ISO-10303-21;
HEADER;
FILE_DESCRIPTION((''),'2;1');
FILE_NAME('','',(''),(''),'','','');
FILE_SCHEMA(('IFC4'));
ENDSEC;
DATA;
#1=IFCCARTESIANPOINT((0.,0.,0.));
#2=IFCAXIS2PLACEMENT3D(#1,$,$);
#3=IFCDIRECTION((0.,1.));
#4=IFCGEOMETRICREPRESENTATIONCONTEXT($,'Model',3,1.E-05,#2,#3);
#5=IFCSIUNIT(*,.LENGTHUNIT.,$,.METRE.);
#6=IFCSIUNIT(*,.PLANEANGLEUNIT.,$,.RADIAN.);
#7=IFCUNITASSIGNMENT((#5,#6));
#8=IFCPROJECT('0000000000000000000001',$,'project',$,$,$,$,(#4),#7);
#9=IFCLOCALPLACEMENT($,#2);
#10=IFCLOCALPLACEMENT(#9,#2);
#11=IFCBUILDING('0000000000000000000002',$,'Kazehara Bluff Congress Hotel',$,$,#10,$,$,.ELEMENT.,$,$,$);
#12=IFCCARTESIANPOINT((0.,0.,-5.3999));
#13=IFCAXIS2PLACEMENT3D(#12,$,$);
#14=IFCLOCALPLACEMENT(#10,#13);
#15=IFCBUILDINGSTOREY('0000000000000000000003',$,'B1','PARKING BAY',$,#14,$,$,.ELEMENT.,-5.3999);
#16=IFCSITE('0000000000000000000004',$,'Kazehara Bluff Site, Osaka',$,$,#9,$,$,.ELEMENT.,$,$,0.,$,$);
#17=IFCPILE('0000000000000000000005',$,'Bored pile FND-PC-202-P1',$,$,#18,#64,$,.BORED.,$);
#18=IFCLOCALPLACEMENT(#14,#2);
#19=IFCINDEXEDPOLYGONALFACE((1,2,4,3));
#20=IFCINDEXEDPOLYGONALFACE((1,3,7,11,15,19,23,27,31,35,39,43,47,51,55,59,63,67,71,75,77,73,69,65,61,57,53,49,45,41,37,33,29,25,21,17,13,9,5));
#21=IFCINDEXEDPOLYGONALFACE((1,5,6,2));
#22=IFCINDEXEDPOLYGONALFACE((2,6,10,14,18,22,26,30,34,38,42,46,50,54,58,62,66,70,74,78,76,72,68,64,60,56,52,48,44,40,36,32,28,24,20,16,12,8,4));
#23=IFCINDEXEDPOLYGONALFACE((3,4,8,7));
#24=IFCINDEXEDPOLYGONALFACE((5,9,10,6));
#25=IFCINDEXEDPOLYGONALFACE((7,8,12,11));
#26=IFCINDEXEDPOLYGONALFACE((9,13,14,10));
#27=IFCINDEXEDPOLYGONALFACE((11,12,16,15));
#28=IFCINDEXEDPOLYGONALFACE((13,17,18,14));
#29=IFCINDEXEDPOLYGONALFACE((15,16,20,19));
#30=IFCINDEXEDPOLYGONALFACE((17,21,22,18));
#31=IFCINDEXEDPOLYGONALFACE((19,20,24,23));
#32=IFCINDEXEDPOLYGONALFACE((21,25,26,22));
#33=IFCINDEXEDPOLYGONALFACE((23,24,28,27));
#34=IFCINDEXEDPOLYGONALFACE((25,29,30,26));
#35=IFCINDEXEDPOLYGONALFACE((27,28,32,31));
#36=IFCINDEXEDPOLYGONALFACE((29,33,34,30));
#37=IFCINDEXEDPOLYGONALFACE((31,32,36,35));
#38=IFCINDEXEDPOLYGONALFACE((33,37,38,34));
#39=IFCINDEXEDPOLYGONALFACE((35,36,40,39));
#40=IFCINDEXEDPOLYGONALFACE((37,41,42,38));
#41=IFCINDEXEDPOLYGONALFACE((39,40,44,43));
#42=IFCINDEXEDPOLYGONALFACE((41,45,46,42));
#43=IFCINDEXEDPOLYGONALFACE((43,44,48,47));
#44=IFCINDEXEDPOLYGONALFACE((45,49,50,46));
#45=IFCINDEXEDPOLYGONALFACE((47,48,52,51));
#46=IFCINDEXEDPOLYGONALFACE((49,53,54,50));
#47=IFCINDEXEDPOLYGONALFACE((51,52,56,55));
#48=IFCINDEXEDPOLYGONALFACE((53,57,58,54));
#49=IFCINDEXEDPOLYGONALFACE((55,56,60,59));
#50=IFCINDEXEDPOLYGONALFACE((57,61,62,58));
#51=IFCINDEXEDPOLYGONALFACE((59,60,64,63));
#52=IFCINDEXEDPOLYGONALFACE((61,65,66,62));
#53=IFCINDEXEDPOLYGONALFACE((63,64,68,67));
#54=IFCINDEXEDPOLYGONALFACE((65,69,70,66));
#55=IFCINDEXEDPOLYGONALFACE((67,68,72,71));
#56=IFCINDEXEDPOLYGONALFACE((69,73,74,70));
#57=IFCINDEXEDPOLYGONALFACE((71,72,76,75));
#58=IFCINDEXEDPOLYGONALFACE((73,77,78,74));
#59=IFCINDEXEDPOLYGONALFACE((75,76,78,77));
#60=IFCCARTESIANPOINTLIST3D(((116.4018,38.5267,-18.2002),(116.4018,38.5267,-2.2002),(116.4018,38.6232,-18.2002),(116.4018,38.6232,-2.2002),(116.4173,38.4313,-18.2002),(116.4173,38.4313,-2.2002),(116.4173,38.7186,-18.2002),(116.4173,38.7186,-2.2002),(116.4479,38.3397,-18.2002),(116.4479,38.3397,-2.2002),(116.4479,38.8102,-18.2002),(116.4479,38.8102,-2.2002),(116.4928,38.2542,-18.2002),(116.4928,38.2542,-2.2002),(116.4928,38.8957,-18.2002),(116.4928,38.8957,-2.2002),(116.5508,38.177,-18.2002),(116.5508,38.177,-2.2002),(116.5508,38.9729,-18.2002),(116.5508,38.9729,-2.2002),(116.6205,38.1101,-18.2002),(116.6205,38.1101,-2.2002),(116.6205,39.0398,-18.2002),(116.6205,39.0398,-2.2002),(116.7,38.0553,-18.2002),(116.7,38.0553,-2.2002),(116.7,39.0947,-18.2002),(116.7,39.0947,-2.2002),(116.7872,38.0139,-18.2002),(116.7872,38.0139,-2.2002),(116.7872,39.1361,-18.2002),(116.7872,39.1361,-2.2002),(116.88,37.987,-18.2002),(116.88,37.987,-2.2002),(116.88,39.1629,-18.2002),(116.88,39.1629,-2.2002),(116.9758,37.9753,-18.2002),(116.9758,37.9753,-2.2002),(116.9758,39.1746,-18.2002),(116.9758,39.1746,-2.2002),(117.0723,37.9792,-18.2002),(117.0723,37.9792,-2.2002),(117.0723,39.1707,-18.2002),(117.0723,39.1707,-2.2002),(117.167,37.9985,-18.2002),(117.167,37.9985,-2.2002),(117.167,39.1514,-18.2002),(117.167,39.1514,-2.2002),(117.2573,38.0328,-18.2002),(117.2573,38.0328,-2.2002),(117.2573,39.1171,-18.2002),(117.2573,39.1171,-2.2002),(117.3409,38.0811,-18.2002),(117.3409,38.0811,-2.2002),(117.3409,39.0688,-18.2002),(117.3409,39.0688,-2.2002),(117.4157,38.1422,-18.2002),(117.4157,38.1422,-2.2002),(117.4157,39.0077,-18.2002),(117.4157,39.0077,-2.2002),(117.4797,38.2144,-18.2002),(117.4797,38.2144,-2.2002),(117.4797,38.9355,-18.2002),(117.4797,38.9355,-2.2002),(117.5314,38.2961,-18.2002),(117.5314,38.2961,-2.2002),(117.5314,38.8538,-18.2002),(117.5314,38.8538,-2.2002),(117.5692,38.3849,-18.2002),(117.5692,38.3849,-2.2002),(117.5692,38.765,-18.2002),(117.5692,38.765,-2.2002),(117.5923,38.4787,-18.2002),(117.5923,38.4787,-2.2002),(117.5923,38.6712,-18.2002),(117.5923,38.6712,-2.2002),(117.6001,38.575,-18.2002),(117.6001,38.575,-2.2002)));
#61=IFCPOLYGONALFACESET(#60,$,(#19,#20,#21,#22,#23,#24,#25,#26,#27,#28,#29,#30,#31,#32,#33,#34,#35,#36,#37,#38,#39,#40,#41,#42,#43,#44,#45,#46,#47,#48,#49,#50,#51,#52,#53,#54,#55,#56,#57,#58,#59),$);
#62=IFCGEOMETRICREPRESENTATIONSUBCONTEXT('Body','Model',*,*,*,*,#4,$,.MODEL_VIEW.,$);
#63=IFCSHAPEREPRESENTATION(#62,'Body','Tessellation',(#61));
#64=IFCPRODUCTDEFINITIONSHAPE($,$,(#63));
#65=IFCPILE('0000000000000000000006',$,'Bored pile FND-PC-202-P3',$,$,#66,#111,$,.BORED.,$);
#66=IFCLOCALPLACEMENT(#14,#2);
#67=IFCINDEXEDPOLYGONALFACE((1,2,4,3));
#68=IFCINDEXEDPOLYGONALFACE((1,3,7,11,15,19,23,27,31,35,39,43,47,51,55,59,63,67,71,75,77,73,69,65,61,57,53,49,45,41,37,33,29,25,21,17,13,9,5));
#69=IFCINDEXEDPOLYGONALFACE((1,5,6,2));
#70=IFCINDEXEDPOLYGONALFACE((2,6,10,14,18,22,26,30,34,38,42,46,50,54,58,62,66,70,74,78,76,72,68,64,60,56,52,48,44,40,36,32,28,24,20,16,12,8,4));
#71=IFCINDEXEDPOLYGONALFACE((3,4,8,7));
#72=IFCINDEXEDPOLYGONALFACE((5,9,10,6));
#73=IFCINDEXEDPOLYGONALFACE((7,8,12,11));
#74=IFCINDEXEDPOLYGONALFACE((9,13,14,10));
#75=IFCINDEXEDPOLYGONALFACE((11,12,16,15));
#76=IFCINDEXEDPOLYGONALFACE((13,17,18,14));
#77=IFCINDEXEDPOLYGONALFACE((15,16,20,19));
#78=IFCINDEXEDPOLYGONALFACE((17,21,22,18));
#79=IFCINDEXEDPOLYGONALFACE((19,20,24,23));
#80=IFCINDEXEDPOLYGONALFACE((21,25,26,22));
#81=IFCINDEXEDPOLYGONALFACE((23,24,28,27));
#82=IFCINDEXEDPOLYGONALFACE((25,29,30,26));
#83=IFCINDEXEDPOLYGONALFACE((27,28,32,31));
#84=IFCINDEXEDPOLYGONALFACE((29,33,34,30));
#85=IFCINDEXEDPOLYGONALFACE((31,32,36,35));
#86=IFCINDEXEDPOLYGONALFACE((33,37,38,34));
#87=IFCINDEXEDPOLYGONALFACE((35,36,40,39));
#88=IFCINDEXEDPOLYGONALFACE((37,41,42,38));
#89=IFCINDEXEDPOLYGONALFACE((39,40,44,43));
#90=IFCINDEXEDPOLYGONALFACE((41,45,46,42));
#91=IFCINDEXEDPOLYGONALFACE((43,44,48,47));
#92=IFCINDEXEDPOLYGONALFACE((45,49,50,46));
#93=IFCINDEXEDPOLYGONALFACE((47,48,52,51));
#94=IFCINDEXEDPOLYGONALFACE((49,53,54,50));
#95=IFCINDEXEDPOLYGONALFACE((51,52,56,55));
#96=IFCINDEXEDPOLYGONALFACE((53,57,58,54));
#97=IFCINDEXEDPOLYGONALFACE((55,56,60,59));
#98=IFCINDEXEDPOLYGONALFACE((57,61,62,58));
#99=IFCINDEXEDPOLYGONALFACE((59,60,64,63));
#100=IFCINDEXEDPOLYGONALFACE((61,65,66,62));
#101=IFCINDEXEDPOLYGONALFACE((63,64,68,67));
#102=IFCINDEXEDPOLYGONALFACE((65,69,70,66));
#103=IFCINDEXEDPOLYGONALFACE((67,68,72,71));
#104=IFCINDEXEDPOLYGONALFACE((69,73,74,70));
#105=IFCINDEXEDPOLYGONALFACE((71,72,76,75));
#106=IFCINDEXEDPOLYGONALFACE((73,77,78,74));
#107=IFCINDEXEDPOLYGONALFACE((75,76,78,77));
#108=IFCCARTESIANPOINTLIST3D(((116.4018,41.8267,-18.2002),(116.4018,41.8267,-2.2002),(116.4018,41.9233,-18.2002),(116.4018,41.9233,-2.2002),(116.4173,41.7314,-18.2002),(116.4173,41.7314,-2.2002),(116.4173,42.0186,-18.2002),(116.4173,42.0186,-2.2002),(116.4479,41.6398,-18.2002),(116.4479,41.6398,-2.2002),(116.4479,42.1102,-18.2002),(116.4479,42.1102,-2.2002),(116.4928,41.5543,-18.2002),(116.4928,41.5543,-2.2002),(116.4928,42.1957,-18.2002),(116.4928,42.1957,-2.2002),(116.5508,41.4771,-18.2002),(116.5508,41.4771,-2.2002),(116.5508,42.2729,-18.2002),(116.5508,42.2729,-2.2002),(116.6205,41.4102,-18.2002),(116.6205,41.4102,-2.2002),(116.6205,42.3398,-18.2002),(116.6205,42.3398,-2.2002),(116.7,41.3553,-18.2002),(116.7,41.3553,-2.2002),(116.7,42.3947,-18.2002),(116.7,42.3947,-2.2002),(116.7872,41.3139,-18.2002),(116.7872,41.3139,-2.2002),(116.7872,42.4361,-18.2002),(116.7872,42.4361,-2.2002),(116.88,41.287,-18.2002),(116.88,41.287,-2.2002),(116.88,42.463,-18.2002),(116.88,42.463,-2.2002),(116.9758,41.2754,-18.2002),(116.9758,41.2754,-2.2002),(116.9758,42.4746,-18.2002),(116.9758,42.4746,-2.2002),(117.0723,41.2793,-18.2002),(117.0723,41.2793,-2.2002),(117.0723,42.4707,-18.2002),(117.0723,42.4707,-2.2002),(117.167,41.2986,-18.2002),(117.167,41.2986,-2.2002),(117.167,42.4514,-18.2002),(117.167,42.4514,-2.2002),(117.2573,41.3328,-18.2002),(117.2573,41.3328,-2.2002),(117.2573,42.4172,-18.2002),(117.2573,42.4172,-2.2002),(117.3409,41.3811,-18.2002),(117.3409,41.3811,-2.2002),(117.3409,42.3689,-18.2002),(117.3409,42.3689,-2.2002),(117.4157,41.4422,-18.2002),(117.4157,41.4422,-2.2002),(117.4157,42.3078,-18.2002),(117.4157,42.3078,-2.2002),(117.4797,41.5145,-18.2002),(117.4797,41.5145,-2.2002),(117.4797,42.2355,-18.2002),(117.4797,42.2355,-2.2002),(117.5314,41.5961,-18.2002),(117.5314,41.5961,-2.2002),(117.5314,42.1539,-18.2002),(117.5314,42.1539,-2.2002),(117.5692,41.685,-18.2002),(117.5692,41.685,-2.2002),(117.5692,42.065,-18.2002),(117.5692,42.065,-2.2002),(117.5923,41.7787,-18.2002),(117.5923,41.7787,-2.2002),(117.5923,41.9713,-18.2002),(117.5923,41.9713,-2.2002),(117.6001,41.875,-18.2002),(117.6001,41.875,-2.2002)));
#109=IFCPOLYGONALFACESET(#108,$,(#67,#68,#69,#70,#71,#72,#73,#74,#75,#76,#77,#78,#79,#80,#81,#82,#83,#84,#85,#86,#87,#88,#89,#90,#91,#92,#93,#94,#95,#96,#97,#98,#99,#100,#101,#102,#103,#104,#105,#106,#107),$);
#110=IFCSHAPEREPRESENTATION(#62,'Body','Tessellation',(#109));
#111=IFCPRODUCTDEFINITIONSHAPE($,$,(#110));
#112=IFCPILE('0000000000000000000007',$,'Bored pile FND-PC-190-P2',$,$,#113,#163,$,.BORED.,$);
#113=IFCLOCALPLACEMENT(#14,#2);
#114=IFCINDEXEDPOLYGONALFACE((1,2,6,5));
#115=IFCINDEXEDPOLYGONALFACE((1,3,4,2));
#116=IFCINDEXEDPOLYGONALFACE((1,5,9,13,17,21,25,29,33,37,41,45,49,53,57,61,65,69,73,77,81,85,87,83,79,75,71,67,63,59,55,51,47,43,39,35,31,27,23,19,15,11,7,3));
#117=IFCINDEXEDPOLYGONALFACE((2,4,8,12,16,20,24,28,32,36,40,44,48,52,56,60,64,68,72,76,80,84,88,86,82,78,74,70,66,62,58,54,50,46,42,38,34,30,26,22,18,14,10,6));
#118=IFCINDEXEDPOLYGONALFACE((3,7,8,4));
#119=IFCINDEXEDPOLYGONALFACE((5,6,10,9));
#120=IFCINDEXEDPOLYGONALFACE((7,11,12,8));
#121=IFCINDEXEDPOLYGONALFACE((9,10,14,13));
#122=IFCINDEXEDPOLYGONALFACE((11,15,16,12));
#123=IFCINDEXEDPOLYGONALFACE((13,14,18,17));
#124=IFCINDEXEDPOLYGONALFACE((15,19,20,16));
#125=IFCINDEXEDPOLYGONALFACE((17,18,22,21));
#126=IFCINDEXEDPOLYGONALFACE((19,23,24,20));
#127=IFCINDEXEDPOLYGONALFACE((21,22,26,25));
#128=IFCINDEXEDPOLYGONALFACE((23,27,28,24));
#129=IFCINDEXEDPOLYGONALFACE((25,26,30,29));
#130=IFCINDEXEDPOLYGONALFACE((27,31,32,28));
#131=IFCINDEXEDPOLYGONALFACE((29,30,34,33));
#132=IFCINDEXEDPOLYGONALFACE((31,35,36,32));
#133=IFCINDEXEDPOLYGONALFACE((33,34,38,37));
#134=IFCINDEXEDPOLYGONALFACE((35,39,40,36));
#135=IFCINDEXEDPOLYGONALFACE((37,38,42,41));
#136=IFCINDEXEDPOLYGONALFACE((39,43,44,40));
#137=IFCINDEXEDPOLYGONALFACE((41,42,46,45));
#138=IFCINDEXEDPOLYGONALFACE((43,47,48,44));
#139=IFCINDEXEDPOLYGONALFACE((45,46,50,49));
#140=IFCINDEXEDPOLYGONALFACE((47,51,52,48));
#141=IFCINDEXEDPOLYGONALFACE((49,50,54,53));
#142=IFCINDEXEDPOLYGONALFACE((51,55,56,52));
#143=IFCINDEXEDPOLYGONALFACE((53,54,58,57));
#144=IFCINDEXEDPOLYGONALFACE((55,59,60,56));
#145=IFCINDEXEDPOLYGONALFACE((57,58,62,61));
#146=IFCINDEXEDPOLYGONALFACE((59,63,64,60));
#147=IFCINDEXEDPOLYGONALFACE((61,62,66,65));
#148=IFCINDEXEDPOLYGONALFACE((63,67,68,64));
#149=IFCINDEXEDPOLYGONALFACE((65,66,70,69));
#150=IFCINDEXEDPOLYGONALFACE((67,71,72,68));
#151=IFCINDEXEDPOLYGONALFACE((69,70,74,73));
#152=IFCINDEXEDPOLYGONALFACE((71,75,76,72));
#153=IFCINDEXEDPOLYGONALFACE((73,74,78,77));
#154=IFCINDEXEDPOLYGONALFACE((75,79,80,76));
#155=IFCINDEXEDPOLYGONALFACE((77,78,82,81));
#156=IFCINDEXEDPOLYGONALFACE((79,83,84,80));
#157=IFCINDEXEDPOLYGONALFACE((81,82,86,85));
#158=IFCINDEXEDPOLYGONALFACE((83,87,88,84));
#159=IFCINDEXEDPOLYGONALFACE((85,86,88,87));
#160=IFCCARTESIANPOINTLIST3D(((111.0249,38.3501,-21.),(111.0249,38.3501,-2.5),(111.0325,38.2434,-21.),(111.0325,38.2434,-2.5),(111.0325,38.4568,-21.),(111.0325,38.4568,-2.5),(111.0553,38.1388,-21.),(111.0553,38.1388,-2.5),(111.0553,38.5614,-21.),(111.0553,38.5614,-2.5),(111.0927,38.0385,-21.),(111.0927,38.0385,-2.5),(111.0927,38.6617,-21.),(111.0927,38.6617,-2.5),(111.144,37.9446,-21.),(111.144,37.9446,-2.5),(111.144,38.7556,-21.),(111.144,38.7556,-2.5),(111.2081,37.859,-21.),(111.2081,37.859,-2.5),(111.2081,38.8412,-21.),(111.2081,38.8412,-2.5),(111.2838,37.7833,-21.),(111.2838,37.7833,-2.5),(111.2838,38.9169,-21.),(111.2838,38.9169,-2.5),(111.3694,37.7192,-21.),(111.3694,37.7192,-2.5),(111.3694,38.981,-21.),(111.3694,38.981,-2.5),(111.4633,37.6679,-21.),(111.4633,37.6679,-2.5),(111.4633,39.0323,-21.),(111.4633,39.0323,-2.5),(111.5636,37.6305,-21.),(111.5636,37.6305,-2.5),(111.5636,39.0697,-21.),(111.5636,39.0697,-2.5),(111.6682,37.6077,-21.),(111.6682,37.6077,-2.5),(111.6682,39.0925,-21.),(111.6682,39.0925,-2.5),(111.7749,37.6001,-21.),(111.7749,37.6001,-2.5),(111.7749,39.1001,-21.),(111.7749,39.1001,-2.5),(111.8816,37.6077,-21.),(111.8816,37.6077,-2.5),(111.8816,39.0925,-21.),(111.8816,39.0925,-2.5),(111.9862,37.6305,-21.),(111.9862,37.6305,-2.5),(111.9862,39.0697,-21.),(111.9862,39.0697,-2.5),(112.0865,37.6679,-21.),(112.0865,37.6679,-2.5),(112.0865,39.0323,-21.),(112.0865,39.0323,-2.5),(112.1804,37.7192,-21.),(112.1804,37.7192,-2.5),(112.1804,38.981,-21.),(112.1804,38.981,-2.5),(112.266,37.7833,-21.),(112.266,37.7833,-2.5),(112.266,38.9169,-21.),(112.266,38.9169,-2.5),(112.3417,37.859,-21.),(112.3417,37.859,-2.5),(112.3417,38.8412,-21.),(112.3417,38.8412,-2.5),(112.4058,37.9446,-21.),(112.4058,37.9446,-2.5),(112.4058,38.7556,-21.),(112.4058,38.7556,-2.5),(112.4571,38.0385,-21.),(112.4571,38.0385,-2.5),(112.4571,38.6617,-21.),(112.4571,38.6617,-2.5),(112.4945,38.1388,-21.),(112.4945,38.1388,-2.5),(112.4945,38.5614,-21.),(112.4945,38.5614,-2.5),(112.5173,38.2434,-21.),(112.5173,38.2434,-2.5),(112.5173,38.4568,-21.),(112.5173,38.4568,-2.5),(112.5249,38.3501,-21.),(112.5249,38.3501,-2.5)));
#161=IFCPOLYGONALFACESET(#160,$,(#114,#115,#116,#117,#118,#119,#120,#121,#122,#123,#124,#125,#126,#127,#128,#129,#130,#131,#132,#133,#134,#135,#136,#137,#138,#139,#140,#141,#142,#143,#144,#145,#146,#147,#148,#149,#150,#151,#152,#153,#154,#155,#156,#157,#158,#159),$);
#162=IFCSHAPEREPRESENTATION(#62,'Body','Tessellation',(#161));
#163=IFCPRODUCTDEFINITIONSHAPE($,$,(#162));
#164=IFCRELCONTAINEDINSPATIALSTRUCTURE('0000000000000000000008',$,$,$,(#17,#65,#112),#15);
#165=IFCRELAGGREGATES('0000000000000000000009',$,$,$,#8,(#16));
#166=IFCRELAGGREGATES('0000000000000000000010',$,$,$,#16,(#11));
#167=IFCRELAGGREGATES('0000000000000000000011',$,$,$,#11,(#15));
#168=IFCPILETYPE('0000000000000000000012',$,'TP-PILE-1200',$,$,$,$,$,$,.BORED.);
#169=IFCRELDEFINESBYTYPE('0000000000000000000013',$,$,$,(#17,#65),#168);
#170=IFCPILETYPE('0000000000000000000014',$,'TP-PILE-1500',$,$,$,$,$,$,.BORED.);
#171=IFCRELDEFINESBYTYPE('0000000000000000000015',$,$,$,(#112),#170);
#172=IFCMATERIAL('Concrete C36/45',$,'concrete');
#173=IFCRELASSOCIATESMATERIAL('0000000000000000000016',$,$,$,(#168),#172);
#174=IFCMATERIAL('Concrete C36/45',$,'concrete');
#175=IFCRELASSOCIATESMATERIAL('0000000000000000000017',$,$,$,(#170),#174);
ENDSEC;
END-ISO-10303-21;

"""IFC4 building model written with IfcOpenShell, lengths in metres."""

from ifc_helpers import new_model, si_unit, direction, frame, origin, origin_2d, place, context, subcontext, project, spatial, circle, extrude, material, material_profile, profile_set, type_object, element, save


model = new_model("IFC4")

# Units and contexts
model_context = context("Model", 3, precision=1e-05, world=origin(), true_north=direction((0.0, 1.0)))
body_context = subcontext(model_context, "Body", "Model", "MODEL_VIEW")
ifc_project = project(units=[si_unit("LENGTHUNIT", "METRE"), si_unit("PLANEANGLEUNIT", "RADIAN")], contexts=[model_context])

# Site, building, storey
site_placement = place(None, origin())
site = spatial("IfcSite", under=ifc_project, at=site_placement, Name="Kazehara Bluff Site, Osaka", CompositionType="ELEMENT", RefElevation=0.0)
building_placement = place(site_placement, origin())
building = spatial("IfcBuilding", under=site, at=building_placement, Name="Kazehara Bluff Congress Hotel", CompositionType="ELEMENT")
storey_placement = place(building_placement, frame((0.0, 0.0, -5.3999)))
storey = spatial("IfcBuildingStorey", under=building, at=storey_placement, Name="B1", Description="PARKING BAY", CompositionType="ELEMENT", Elevation=-5.3999)

# Piles
ifc_material_1 = material(Name="Concrete C36/45", Category="concrete")
ifc_material_profile_1 = material_profile(ifc_material_1, circle(Radius=0.6001, at=origin_2d()))
ifc_profile_set_1 = profile_set([ifc_material_profile_1], Name="Concrete C36/45")
pile_type_1 = type_object("IfcPileType", Name="TP-PILE-1200", PredefinedType="BORED", material=ifc_profile_set_1)
for number, where, z_axis, x_axis, name in (
    (1, (117.0, 38.575, -2.2002), (0.0, 0.0, -1.0), (1.0, 0.0, 0.0), "Bored pile FND-PC-202-P1"),
    (2, (117.0, 41.875, -2.2002), (0.0, 0.0, -1.0), (1.0, 0.0, 0.0), "Bored pile FND-PC-202-P3"),
):
    element("IfcPile", number, at=place(storey_placement, frame(where, z_axis=z_axis, x_axis=x_axis)), inside=storey, type_object=pile_type_1, Name=name, PredefinedType="BORED", context=body_context, shape_type="SweptSolid", body=[
        extrude(circle(Radius=0.6001, at=origin_2d()), origin(), (0.0, 0.0, 1.0), 16.0),
    ])
ifc_material_2 = material(Name="Concrete C36/45", Category="concrete")
ifc_material_profile_2 = material_profile(ifc_material_2, circle(Radius=0.75, at=origin_2d()))
ifc_profile_set_2 = profile_set([ifc_material_profile_2], Name="Concrete C36/45")
pile_type_2 = type_object("IfcPileType", Name="TP-PILE-1500", PredefinedType="BORED", material=ifc_profile_set_2)
pile_placement = place(storey_placement, frame((111.7749, 38.3501, -2.5), z_axis=(0.0, 0.0, -1.0), x_axis=(1.0, 0.0, 0.0)))
element("IfcPile", 3, at=pile_placement, inside=storey, type_object=pile_type_2, Name="Bored pile FND-PC-190-P2", PredefinedType="BORED", context=body_context, shape_type="SweptSolid", body=[
    extrude(circle(Radius=0.75, at=origin_2d()), origin(), (0.0, 0.0, 1.0), 18.5),
])

save(model, "model.ifc")
